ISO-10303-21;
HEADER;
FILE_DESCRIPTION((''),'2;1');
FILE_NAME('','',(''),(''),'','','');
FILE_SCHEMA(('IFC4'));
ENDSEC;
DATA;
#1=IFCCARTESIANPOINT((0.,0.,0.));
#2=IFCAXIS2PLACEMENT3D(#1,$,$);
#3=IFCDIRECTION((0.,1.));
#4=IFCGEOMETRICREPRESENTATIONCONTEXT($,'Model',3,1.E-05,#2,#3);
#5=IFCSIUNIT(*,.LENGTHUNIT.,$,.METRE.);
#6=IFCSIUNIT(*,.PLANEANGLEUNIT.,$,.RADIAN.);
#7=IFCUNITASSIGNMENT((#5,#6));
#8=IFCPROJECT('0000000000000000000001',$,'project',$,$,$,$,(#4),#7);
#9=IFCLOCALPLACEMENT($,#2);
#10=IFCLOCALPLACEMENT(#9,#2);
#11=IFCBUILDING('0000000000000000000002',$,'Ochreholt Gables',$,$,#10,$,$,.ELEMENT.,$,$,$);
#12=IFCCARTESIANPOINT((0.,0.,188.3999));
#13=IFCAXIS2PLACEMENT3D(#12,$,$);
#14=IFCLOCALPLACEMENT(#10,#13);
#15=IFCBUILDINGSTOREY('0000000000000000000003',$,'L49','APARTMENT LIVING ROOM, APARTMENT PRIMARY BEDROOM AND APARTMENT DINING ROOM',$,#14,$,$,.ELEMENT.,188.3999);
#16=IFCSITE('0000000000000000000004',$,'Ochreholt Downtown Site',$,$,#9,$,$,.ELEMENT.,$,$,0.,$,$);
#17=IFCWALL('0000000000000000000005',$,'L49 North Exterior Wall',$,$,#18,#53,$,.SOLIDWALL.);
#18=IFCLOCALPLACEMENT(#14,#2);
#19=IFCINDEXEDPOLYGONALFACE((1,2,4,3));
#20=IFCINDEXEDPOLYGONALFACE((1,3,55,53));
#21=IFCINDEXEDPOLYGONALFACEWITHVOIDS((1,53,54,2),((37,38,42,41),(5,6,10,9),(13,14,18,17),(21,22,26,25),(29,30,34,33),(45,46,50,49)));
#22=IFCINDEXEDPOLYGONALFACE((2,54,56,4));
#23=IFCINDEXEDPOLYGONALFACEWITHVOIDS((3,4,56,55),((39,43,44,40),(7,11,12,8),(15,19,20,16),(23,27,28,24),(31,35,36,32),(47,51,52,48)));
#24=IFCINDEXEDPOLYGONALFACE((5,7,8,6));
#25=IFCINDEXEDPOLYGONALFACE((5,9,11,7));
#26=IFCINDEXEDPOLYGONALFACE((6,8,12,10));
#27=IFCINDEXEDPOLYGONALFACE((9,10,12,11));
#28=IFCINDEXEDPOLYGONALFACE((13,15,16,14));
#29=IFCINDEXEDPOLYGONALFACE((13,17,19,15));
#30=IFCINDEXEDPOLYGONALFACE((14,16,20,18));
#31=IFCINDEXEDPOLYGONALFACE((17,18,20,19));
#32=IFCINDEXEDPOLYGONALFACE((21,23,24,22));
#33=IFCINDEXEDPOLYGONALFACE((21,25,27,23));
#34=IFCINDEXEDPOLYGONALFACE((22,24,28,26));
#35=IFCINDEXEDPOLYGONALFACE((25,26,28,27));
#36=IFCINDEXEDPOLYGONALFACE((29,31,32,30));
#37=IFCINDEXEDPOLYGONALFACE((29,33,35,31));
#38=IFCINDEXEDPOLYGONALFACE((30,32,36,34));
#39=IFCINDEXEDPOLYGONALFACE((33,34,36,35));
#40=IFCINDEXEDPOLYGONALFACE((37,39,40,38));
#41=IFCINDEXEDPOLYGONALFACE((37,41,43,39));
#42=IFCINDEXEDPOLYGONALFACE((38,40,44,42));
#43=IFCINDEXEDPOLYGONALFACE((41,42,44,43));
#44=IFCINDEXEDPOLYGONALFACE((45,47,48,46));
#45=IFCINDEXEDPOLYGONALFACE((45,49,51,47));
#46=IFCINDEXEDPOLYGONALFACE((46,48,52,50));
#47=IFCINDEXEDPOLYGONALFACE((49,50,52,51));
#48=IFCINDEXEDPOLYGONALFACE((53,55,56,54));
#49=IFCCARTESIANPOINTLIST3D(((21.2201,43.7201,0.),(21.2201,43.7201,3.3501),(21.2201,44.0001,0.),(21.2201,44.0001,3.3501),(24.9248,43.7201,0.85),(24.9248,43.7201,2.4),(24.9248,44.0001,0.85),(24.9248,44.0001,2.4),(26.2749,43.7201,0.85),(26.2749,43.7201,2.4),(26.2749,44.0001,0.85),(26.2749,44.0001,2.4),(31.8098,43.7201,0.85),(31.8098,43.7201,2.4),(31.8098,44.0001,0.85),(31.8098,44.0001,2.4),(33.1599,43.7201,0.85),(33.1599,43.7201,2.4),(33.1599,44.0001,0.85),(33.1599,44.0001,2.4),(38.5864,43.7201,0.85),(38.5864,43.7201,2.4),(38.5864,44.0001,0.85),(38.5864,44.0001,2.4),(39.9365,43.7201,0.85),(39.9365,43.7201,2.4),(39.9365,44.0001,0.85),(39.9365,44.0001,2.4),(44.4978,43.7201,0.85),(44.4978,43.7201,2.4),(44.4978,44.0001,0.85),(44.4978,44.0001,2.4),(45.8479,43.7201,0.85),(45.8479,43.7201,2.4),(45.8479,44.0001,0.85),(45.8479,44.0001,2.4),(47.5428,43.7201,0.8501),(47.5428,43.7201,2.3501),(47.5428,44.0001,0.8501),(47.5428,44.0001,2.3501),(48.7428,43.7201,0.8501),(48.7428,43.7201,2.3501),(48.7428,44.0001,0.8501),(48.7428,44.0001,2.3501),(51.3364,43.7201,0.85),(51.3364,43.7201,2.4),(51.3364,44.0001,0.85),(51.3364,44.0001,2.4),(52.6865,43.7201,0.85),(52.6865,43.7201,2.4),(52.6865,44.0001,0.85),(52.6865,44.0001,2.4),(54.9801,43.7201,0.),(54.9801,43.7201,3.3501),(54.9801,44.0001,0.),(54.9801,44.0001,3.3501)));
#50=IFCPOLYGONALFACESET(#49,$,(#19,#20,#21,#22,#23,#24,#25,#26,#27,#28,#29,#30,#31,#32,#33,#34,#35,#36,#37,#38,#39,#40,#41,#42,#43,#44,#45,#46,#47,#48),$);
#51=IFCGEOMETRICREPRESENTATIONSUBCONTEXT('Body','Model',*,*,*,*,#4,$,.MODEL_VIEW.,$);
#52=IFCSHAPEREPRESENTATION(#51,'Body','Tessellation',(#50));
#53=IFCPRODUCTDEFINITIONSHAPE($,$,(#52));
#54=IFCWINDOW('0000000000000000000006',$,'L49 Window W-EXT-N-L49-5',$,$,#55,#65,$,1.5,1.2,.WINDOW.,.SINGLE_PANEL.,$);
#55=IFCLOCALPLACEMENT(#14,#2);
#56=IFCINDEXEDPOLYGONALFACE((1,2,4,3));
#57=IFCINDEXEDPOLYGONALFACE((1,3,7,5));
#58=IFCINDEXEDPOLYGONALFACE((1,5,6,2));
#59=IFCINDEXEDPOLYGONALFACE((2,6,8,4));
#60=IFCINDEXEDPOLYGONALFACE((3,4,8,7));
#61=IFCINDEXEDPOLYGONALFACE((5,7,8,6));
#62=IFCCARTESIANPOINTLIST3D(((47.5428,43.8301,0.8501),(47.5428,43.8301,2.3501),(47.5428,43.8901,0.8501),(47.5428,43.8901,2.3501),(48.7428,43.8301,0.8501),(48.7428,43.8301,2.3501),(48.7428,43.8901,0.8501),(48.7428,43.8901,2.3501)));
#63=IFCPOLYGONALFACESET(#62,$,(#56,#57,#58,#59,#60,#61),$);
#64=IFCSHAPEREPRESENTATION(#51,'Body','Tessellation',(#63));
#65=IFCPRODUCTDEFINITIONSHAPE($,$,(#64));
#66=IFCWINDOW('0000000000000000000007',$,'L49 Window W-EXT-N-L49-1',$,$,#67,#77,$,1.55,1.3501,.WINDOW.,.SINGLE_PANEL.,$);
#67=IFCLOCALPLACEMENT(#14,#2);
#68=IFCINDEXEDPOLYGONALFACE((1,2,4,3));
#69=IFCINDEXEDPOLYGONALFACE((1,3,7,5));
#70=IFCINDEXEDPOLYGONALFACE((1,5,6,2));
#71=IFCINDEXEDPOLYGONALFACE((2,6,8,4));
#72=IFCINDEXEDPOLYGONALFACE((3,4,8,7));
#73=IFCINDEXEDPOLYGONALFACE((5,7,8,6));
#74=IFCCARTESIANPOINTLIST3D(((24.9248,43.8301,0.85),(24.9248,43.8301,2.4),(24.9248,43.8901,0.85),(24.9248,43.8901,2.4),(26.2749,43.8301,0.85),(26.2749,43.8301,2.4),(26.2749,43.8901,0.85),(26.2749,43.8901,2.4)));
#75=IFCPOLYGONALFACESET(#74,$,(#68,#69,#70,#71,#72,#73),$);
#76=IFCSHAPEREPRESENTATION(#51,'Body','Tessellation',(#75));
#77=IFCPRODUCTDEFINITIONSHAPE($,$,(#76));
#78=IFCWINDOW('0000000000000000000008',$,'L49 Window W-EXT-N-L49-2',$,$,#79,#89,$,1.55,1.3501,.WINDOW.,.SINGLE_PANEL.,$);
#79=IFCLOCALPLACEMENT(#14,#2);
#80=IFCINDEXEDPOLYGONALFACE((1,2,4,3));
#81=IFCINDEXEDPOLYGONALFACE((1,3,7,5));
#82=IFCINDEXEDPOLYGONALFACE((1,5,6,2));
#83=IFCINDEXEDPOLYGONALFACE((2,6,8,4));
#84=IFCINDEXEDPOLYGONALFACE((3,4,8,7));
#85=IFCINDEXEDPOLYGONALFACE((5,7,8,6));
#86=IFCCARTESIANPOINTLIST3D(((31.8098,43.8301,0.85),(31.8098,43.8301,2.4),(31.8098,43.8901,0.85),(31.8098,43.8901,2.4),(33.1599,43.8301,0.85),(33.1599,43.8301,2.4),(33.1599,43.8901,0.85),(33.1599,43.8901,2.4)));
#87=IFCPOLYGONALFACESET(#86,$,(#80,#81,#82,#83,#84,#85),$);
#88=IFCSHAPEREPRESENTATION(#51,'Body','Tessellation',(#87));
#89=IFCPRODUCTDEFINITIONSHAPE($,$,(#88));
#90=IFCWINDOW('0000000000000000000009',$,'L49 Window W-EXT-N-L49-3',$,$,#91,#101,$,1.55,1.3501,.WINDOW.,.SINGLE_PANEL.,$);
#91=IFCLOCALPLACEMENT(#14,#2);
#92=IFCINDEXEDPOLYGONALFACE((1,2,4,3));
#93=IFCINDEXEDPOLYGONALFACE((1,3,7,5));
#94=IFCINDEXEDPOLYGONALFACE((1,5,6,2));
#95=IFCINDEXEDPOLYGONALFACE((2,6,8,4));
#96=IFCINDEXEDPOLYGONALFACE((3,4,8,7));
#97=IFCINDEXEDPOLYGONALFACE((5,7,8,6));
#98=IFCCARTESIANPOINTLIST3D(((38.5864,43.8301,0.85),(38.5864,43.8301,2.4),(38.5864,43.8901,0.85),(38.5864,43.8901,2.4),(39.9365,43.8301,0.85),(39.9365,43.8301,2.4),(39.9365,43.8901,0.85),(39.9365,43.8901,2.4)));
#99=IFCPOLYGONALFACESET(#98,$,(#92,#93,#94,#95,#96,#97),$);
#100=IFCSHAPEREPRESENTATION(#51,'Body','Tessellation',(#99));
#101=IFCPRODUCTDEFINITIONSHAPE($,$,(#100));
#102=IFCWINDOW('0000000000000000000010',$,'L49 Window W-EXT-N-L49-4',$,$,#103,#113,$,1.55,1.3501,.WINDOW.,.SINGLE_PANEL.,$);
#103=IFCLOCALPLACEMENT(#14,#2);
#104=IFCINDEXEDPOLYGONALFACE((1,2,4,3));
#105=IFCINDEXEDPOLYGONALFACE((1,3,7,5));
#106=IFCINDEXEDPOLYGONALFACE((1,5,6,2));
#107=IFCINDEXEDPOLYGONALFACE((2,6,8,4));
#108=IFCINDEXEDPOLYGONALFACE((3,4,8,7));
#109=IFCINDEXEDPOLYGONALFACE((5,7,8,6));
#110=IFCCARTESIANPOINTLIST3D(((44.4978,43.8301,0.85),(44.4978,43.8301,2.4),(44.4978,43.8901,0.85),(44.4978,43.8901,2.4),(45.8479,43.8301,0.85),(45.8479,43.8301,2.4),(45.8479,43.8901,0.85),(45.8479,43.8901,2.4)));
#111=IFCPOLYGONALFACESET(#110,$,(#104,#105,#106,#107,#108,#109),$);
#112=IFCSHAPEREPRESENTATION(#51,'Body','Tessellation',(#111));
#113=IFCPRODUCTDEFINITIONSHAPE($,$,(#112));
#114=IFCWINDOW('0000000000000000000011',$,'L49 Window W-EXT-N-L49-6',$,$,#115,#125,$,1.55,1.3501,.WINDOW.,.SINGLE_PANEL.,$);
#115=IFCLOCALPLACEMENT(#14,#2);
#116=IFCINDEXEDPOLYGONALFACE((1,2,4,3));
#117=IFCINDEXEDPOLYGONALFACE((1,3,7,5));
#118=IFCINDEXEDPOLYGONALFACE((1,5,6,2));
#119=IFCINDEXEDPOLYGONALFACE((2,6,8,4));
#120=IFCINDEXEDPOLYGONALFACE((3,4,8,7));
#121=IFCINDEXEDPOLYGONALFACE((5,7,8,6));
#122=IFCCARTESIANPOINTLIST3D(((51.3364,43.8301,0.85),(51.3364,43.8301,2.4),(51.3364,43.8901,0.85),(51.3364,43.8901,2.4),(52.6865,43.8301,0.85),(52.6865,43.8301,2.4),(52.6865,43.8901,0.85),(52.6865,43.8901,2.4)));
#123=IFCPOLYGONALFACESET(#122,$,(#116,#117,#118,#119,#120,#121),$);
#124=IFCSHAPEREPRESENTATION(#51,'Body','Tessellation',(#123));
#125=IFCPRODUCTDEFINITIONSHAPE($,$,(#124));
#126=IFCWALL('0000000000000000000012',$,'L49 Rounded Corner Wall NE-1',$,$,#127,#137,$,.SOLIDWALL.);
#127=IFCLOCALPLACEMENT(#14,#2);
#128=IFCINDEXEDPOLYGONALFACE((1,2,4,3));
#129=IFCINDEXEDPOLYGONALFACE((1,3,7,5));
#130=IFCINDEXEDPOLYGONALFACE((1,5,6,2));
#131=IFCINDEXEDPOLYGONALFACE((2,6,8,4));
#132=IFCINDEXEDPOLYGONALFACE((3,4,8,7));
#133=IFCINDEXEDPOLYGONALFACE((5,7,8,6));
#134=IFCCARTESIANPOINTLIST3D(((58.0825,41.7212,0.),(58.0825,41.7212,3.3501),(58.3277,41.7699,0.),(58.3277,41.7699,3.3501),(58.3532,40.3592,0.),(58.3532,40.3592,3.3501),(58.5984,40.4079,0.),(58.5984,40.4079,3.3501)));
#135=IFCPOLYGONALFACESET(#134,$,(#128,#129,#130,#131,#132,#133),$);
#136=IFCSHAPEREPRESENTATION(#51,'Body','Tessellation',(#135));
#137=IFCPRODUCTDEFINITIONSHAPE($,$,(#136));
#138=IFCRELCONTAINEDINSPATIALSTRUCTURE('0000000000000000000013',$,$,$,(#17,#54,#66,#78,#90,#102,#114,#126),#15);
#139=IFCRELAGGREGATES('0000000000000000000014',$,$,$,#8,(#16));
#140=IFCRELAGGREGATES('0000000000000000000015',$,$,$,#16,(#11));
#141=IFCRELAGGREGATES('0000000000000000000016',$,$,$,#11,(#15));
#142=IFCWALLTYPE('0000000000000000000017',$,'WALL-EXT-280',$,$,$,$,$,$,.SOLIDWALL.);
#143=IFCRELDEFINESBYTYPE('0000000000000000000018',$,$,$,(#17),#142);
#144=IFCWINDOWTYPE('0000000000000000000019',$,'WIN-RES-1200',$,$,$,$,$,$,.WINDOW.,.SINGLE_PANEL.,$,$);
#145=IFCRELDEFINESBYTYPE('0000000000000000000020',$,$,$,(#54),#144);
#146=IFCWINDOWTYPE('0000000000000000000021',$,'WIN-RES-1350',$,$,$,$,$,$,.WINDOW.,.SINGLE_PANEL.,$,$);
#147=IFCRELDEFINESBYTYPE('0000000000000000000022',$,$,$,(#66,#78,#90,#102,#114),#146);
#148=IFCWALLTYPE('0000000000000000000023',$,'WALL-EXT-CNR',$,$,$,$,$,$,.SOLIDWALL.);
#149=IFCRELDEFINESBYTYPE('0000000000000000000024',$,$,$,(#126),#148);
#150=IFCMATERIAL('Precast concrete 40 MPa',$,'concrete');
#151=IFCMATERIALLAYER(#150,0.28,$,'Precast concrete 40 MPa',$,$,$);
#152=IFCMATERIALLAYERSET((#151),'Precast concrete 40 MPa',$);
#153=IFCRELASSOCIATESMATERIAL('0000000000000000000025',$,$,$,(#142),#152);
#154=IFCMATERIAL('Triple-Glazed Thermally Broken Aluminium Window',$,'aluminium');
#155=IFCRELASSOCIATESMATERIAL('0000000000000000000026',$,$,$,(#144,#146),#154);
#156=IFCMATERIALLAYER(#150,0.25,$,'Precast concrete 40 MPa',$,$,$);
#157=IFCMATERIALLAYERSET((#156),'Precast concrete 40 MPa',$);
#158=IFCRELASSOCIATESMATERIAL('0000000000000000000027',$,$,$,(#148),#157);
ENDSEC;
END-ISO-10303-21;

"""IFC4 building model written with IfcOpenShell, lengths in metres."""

from ifc_helpers import new_model, si_unit, direction, frame, frame_2d, origin, place, context, subcontext, project, spatial, rectangle, extrude, material, layer, layer_set, type_object, element, fill, save


model = new_model("IFC4")

# Units and contexts
model_context = context("Model", 3, precision=1e-05, world=origin(), true_north=direction((0.0, 1.0)))
body_context = subcontext(model_context, "Body", "Model", "MODEL_VIEW")
ifc_project = project(units=[si_unit("LENGTHUNIT", "METRE"), si_unit("PLANEANGLEUNIT", "RADIAN")], contexts=[model_context])

# Site, building, storey
site_placement = place(None, origin())
site = spatial("IfcSite", under=ifc_project, at=site_placement, Name="Ochreholt Downtown Site", CompositionType="ELEMENT", RefElevation=0.0)
building_placement = place(site_placement, origin())
building = spatial("IfcBuilding", under=site, at=building_placement, Name="Ochreholt Gables", CompositionType="ELEMENT")
storey_placement = place(building_placement, frame((0.0, 0.0, 188.3999)))
storey = spatial("IfcBuildingStorey", under=building, at=storey_placement, Name="L49", Description="APARTMENT LIVING ROOM, APARTMENT PRIMARY BEDROOM AND APARTMENT DINING ROOM", CompositionType="ELEMENT", Elevation=188.3999)

# Wall, openings, windows
ifc_material_1 = material(Name="Precast concrete 40 MPa", Category="concrete")
ifc_layer_1 = layer(ifc_material_1, 0.28, Name="Precast concrete 40 MPa")
ifc_layer_set_1 = layer_set([ifc_layer_1], Name="Precast concrete 40 MPa")
wall_type_1 = type_object("IfcWallType", Name="WALL-EXT-280", PredefinedType="SOLIDWALL", material=ifc_layer_set_1)
wall_1_placement = place(storey_placement, frame((54.98, 43.8601, 0.0), z_axis=(0.0, 0.0, 1.0), x_axis=(-1.0, 0.0, 0.0)))
wall_1 = element("IfcWall", 1, at=wall_1_placement, inside=storey, type_object=wall_type_1, Name="L49 North Exterior Wall", PredefinedType="SOLIDWALL", context=body_context, shape_type="SweptSolid", body=[
    extrude(rectangle(XDim=33.76, YDim=0.28, at=frame_2d((16.8799, 0.0))), origin(), (0.0, 0.0, 1.0), 3.3501),
])
opening_1_placement = place(wall_1_placement, frame((28.7051, 0.0, 0.8501)))
opening_1 = element("IfcOpeningElement", 2, at=opening_1_placement, cuts=wall_1, PredefinedType="OPENING", context=body_context, shape_type="SweptSolid", body=[
    extrude(rectangle(XDim=1.3501, YDim=1.55, at=frame_2d((0.675, 0.7749))), frame((0.0, 0.1499, 0.0), z_axis=(0.0, -1.0, 0.0), x_axis=(1.0, 0.0, 0.0)), (0.0, 0.0, 1.0), 0.3),
])
opening_2_placement = place(wall_1_placement, frame((21.8201, 0.0, 0.8501)))
opening_2 = element("IfcOpeningElement", 3, at=opening_2_placement, cuts=wall_1, PredefinedType="OPENING", context=body_context, shape_type="SweptSolid", body=[
    extrude(rectangle(XDim=1.3501, YDim=1.55, at=frame_2d((0.675, 0.7749))), frame((0.0, 0.1499, 0.0), z_axis=(0.0, -1.0, 0.0), x_axis=(1.0, 0.0, 0.0)), (0.0, 0.0, 1.0), 0.3),
])
opening_3_placement = place(wall_1_placement, frame((15.0435, 0.0, 0.8501)))
opening_3 = element("IfcOpeningElement", 4, at=opening_3_placement, cuts=wall_1, PredefinedType="OPENING", context=body_context, shape_type="SweptSolid", body=[
    extrude(rectangle(XDim=1.3501, YDim=1.55, at=frame_2d((0.675, 0.7749))), frame((0.0, 0.1499, 0.0), z_axis=(0.0, -1.0, 0.0), x_axis=(1.0, 0.0, 0.0)), (0.0, 0.0, 1.0), 0.3),
])
opening_4_placement = place(wall_1_placement, frame((9.1321, 0.0, 0.8501)))
opening_4 = element("IfcOpeningElement", 5, at=opening_4_placement, cuts=wall_1, PredefinedType="OPENING", context=body_context, shape_type="SweptSolid", body=[
    extrude(rectangle(XDim=1.3501, YDim=1.55, at=frame_2d((0.675, 0.7749))), frame((0.0, 0.1499, 0.0), z_axis=(0.0, -1.0, 0.0), x_axis=(1.0, 0.0, 0.0)), (0.0, 0.0, 1.0), 0.3),
])
opening_5_placement = place(wall_1_placement, frame((6.2371, 0.0, 0.8501)))
opening_5 = element("IfcOpeningElement", 6, at=opening_5_placement, cuts=wall_1, PredefinedType="OPENING", context=body_context, shape_type="SweptSolid", body=[
    extrude(rectangle(XDim=1.2, YDim=1.5, at=frame_2d((0.6001, 0.75))), frame((0.0, 0.1499, 0.0), z_axis=(0.0, -1.0, 0.0), x_axis=(1.0, 0.0, 0.0)), (0.0, 0.0, 1.0), 0.3),
])
opening_6_placement = place(wall_1_placement, frame((2.2935, 0.0, 0.8501)))
opening_6 = element("IfcOpeningElement", 7, at=opening_6_placement, cuts=wall_1, PredefinedType="OPENING", context=body_context, shape_type="SweptSolid", body=[
    extrude(rectangle(XDim=1.3501, YDim=1.55, at=frame_2d((0.675, 0.7749))), frame((0.0, 0.1499, 0.0), z_axis=(0.0, -1.0, 0.0), x_axis=(1.0, 0.0, 0.0)), (0.0, 0.0, 1.0), 0.3),
])
ifc_material_2 = material(Name="Triple-Glazed Thermally Broken Aluminium Window", Category="aluminium")
window_type_1 = type_object("IfcWindowType", Name="WIN-RES-1200", PartitioningType="SINGLE_PANEL", PredefinedType="WINDOW", material=ifc_material_2)
window_1_placement = place(opening_5_placement, origin())
window_1 = element("IfcWindow", 8, at=window_1_placement, inside=storey, type_object=window_type_1, Name="L49 Window W-EXT-N-L49-5", OverallHeight=1.5, OverallWidth=1.2, PartitioningType="SINGLE_PANEL", PredefinedType="WINDOW", context=body_context, shape_type="SweptSolid", body=[
    extrude(rectangle(XDim=1.2, YDim=1.5, at=frame_2d((0.6001, 0.75))), frame((0.0, 0.03, 0.0), z_axis=(0.0, -1.0, 0.0), x_axis=(1.0, 0.0, 0.0)), (0.0, 0.0, 1.0), 0.0601),
])
fill(opening_5, window_1)
window_type_2 = type_object("IfcWindowType", Name="WIN-RES-1350", PartitioningType="SINGLE_PANEL", PredefinedType="WINDOW", material=ifc_material_2)
window_2_placement = place(opening_1_placement, origin())
window_2 = element("IfcWindow", 9, at=window_2_placement, inside=storey, type_object=window_type_2, Name="L49 Window W-EXT-N-L49-1", OverallHeight=1.55, OverallWidth=1.3501, PartitioningType="SINGLE_PANEL", PredefinedType="WINDOW", context=body_context, shape_type="SweptSolid", body=[
    extrude(rectangle(XDim=1.3501, YDim=1.55, at=frame_2d((0.675, 0.7749))), frame((0.0, 0.03, 0.0), z_axis=(0.0, -1.0, 0.0), x_axis=(1.0, 0.0, 0.0)), (0.0, 0.0, 1.0), 0.0601),
])
fill(opening_1, window_2)
window_3_placement = place(opening_2_placement, origin())
window_3 = element("IfcWindow", 10, at=window_3_placement, inside=storey, type_object=window_type_2, Name="L49 Window W-EXT-N-L49-2", OverallHeight=1.55, OverallWidth=1.3501, PartitioningType="SINGLE_PANEL", PredefinedType="WINDOW", context=body_context, shape_type="SweptSolid", body=[
    extrude(rectangle(XDim=1.3501, YDim=1.55, at=frame_2d((0.675, 0.7749))), frame((0.0, 0.03, 0.0), z_axis=(0.0, -1.0, 0.0), x_axis=(1.0, 0.0, 0.0)), (0.0, 0.0, 1.0), 0.0601),
])
fill(opening_2, window_3)
window_4_placement = place(opening_3_placement, origin())
window_4 = element("IfcWindow", 11, at=window_4_placement, inside=storey, type_object=window_type_2, Name="L49 Window W-EXT-N-L49-3", OverallHeight=1.55, OverallWidth=1.3501, PartitioningType="SINGLE_PANEL", PredefinedType="WINDOW", context=body_context, shape_type="SweptSolid", body=[
    extrude(rectangle(XDim=1.3501, YDim=1.55, at=frame_2d((0.675, 0.7749))), frame((0.0, 0.03, 0.0), z_axis=(0.0, -1.0, 0.0), x_axis=(1.0, 0.0, 0.0)), (0.0, 0.0, 1.0), 0.0601),
])
fill(opening_3, window_4)
window_5_placement = place(opening_4_placement, origin())
window_5 = element("IfcWindow", 12, at=window_5_placement, inside=storey, type_object=window_type_2, Name="L49 Window W-EXT-N-L49-4", OverallHeight=1.55, OverallWidth=1.3501, PartitioningType="SINGLE_PANEL", PredefinedType="WINDOW", context=body_context, shape_type="SweptSolid", body=[
    extrude(rectangle(XDim=1.3501, YDim=1.55, at=frame_2d((0.675, 0.7749))), frame((0.0, 0.03, 0.0), z_axis=(0.0, -1.0, 0.0), x_axis=(1.0, 0.0, 0.0)), (0.0, 0.0, 1.0), 0.0601),
])
fill(opening_4, window_5)
window_6_placement = place(opening_6_placement, origin())
window_6 = element("IfcWindow", 13, at=window_6_placement, inside=storey, type_object=window_type_2, Name="L49 Window W-EXT-N-L49-6", OverallHeight=1.55, OverallWidth=1.3501, PartitioningType="SINGLE_PANEL", PredefinedType="WINDOW", context=body_context, shape_type="SweptSolid", body=[
    extrude(rectangle(XDim=1.3501, YDim=1.55, at=frame_2d((0.675, 0.7749))), frame((0.0, 0.03, 0.0), z_axis=(0.0, -1.0, 0.0), x_axis=(1.0, 0.0, 0.0)), (0.0, 0.0, 1.0), 0.0601),
])
fill(opening_6, window_6)

# Wall
ifc_layer_2 = layer(ifc_material_1, 0.25, Name="Precast concrete 40 MPa")
ifc_layer_set_2 = layer_set([ifc_layer_2], Name="Precast concrete 40 MPa")
wall_type_2 = type_object("IfcWallType", Name="WALL-EXT-CNR", PredefinedType="SOLIDWALL", material=ifc_layer_set_2)
wall_2_placement = place(storey_placement, frame((58.4758, 40.3835, 0.0), z_axis=(0.0, 0.0, 1.0), x_axis=(-0.194967, 0.98081, 0.0)))
element("IfcWall", 14, at=wall_2_placement, inside=storey, type_object=wall_type_2, Name="L49 Rounded Corner Wall NE-1", PredefinedType="SOLIDWALL", context=body_context, shape_type="SweptSolid", body=[
    extrude(rectangle(XDim=1.3887, YDim=0.25, at=frame_2d((0.6943, 0.0))), origin(), (0.0, 0.0, 1.0), 3.3501),
])

save(model, "model.ifc")
